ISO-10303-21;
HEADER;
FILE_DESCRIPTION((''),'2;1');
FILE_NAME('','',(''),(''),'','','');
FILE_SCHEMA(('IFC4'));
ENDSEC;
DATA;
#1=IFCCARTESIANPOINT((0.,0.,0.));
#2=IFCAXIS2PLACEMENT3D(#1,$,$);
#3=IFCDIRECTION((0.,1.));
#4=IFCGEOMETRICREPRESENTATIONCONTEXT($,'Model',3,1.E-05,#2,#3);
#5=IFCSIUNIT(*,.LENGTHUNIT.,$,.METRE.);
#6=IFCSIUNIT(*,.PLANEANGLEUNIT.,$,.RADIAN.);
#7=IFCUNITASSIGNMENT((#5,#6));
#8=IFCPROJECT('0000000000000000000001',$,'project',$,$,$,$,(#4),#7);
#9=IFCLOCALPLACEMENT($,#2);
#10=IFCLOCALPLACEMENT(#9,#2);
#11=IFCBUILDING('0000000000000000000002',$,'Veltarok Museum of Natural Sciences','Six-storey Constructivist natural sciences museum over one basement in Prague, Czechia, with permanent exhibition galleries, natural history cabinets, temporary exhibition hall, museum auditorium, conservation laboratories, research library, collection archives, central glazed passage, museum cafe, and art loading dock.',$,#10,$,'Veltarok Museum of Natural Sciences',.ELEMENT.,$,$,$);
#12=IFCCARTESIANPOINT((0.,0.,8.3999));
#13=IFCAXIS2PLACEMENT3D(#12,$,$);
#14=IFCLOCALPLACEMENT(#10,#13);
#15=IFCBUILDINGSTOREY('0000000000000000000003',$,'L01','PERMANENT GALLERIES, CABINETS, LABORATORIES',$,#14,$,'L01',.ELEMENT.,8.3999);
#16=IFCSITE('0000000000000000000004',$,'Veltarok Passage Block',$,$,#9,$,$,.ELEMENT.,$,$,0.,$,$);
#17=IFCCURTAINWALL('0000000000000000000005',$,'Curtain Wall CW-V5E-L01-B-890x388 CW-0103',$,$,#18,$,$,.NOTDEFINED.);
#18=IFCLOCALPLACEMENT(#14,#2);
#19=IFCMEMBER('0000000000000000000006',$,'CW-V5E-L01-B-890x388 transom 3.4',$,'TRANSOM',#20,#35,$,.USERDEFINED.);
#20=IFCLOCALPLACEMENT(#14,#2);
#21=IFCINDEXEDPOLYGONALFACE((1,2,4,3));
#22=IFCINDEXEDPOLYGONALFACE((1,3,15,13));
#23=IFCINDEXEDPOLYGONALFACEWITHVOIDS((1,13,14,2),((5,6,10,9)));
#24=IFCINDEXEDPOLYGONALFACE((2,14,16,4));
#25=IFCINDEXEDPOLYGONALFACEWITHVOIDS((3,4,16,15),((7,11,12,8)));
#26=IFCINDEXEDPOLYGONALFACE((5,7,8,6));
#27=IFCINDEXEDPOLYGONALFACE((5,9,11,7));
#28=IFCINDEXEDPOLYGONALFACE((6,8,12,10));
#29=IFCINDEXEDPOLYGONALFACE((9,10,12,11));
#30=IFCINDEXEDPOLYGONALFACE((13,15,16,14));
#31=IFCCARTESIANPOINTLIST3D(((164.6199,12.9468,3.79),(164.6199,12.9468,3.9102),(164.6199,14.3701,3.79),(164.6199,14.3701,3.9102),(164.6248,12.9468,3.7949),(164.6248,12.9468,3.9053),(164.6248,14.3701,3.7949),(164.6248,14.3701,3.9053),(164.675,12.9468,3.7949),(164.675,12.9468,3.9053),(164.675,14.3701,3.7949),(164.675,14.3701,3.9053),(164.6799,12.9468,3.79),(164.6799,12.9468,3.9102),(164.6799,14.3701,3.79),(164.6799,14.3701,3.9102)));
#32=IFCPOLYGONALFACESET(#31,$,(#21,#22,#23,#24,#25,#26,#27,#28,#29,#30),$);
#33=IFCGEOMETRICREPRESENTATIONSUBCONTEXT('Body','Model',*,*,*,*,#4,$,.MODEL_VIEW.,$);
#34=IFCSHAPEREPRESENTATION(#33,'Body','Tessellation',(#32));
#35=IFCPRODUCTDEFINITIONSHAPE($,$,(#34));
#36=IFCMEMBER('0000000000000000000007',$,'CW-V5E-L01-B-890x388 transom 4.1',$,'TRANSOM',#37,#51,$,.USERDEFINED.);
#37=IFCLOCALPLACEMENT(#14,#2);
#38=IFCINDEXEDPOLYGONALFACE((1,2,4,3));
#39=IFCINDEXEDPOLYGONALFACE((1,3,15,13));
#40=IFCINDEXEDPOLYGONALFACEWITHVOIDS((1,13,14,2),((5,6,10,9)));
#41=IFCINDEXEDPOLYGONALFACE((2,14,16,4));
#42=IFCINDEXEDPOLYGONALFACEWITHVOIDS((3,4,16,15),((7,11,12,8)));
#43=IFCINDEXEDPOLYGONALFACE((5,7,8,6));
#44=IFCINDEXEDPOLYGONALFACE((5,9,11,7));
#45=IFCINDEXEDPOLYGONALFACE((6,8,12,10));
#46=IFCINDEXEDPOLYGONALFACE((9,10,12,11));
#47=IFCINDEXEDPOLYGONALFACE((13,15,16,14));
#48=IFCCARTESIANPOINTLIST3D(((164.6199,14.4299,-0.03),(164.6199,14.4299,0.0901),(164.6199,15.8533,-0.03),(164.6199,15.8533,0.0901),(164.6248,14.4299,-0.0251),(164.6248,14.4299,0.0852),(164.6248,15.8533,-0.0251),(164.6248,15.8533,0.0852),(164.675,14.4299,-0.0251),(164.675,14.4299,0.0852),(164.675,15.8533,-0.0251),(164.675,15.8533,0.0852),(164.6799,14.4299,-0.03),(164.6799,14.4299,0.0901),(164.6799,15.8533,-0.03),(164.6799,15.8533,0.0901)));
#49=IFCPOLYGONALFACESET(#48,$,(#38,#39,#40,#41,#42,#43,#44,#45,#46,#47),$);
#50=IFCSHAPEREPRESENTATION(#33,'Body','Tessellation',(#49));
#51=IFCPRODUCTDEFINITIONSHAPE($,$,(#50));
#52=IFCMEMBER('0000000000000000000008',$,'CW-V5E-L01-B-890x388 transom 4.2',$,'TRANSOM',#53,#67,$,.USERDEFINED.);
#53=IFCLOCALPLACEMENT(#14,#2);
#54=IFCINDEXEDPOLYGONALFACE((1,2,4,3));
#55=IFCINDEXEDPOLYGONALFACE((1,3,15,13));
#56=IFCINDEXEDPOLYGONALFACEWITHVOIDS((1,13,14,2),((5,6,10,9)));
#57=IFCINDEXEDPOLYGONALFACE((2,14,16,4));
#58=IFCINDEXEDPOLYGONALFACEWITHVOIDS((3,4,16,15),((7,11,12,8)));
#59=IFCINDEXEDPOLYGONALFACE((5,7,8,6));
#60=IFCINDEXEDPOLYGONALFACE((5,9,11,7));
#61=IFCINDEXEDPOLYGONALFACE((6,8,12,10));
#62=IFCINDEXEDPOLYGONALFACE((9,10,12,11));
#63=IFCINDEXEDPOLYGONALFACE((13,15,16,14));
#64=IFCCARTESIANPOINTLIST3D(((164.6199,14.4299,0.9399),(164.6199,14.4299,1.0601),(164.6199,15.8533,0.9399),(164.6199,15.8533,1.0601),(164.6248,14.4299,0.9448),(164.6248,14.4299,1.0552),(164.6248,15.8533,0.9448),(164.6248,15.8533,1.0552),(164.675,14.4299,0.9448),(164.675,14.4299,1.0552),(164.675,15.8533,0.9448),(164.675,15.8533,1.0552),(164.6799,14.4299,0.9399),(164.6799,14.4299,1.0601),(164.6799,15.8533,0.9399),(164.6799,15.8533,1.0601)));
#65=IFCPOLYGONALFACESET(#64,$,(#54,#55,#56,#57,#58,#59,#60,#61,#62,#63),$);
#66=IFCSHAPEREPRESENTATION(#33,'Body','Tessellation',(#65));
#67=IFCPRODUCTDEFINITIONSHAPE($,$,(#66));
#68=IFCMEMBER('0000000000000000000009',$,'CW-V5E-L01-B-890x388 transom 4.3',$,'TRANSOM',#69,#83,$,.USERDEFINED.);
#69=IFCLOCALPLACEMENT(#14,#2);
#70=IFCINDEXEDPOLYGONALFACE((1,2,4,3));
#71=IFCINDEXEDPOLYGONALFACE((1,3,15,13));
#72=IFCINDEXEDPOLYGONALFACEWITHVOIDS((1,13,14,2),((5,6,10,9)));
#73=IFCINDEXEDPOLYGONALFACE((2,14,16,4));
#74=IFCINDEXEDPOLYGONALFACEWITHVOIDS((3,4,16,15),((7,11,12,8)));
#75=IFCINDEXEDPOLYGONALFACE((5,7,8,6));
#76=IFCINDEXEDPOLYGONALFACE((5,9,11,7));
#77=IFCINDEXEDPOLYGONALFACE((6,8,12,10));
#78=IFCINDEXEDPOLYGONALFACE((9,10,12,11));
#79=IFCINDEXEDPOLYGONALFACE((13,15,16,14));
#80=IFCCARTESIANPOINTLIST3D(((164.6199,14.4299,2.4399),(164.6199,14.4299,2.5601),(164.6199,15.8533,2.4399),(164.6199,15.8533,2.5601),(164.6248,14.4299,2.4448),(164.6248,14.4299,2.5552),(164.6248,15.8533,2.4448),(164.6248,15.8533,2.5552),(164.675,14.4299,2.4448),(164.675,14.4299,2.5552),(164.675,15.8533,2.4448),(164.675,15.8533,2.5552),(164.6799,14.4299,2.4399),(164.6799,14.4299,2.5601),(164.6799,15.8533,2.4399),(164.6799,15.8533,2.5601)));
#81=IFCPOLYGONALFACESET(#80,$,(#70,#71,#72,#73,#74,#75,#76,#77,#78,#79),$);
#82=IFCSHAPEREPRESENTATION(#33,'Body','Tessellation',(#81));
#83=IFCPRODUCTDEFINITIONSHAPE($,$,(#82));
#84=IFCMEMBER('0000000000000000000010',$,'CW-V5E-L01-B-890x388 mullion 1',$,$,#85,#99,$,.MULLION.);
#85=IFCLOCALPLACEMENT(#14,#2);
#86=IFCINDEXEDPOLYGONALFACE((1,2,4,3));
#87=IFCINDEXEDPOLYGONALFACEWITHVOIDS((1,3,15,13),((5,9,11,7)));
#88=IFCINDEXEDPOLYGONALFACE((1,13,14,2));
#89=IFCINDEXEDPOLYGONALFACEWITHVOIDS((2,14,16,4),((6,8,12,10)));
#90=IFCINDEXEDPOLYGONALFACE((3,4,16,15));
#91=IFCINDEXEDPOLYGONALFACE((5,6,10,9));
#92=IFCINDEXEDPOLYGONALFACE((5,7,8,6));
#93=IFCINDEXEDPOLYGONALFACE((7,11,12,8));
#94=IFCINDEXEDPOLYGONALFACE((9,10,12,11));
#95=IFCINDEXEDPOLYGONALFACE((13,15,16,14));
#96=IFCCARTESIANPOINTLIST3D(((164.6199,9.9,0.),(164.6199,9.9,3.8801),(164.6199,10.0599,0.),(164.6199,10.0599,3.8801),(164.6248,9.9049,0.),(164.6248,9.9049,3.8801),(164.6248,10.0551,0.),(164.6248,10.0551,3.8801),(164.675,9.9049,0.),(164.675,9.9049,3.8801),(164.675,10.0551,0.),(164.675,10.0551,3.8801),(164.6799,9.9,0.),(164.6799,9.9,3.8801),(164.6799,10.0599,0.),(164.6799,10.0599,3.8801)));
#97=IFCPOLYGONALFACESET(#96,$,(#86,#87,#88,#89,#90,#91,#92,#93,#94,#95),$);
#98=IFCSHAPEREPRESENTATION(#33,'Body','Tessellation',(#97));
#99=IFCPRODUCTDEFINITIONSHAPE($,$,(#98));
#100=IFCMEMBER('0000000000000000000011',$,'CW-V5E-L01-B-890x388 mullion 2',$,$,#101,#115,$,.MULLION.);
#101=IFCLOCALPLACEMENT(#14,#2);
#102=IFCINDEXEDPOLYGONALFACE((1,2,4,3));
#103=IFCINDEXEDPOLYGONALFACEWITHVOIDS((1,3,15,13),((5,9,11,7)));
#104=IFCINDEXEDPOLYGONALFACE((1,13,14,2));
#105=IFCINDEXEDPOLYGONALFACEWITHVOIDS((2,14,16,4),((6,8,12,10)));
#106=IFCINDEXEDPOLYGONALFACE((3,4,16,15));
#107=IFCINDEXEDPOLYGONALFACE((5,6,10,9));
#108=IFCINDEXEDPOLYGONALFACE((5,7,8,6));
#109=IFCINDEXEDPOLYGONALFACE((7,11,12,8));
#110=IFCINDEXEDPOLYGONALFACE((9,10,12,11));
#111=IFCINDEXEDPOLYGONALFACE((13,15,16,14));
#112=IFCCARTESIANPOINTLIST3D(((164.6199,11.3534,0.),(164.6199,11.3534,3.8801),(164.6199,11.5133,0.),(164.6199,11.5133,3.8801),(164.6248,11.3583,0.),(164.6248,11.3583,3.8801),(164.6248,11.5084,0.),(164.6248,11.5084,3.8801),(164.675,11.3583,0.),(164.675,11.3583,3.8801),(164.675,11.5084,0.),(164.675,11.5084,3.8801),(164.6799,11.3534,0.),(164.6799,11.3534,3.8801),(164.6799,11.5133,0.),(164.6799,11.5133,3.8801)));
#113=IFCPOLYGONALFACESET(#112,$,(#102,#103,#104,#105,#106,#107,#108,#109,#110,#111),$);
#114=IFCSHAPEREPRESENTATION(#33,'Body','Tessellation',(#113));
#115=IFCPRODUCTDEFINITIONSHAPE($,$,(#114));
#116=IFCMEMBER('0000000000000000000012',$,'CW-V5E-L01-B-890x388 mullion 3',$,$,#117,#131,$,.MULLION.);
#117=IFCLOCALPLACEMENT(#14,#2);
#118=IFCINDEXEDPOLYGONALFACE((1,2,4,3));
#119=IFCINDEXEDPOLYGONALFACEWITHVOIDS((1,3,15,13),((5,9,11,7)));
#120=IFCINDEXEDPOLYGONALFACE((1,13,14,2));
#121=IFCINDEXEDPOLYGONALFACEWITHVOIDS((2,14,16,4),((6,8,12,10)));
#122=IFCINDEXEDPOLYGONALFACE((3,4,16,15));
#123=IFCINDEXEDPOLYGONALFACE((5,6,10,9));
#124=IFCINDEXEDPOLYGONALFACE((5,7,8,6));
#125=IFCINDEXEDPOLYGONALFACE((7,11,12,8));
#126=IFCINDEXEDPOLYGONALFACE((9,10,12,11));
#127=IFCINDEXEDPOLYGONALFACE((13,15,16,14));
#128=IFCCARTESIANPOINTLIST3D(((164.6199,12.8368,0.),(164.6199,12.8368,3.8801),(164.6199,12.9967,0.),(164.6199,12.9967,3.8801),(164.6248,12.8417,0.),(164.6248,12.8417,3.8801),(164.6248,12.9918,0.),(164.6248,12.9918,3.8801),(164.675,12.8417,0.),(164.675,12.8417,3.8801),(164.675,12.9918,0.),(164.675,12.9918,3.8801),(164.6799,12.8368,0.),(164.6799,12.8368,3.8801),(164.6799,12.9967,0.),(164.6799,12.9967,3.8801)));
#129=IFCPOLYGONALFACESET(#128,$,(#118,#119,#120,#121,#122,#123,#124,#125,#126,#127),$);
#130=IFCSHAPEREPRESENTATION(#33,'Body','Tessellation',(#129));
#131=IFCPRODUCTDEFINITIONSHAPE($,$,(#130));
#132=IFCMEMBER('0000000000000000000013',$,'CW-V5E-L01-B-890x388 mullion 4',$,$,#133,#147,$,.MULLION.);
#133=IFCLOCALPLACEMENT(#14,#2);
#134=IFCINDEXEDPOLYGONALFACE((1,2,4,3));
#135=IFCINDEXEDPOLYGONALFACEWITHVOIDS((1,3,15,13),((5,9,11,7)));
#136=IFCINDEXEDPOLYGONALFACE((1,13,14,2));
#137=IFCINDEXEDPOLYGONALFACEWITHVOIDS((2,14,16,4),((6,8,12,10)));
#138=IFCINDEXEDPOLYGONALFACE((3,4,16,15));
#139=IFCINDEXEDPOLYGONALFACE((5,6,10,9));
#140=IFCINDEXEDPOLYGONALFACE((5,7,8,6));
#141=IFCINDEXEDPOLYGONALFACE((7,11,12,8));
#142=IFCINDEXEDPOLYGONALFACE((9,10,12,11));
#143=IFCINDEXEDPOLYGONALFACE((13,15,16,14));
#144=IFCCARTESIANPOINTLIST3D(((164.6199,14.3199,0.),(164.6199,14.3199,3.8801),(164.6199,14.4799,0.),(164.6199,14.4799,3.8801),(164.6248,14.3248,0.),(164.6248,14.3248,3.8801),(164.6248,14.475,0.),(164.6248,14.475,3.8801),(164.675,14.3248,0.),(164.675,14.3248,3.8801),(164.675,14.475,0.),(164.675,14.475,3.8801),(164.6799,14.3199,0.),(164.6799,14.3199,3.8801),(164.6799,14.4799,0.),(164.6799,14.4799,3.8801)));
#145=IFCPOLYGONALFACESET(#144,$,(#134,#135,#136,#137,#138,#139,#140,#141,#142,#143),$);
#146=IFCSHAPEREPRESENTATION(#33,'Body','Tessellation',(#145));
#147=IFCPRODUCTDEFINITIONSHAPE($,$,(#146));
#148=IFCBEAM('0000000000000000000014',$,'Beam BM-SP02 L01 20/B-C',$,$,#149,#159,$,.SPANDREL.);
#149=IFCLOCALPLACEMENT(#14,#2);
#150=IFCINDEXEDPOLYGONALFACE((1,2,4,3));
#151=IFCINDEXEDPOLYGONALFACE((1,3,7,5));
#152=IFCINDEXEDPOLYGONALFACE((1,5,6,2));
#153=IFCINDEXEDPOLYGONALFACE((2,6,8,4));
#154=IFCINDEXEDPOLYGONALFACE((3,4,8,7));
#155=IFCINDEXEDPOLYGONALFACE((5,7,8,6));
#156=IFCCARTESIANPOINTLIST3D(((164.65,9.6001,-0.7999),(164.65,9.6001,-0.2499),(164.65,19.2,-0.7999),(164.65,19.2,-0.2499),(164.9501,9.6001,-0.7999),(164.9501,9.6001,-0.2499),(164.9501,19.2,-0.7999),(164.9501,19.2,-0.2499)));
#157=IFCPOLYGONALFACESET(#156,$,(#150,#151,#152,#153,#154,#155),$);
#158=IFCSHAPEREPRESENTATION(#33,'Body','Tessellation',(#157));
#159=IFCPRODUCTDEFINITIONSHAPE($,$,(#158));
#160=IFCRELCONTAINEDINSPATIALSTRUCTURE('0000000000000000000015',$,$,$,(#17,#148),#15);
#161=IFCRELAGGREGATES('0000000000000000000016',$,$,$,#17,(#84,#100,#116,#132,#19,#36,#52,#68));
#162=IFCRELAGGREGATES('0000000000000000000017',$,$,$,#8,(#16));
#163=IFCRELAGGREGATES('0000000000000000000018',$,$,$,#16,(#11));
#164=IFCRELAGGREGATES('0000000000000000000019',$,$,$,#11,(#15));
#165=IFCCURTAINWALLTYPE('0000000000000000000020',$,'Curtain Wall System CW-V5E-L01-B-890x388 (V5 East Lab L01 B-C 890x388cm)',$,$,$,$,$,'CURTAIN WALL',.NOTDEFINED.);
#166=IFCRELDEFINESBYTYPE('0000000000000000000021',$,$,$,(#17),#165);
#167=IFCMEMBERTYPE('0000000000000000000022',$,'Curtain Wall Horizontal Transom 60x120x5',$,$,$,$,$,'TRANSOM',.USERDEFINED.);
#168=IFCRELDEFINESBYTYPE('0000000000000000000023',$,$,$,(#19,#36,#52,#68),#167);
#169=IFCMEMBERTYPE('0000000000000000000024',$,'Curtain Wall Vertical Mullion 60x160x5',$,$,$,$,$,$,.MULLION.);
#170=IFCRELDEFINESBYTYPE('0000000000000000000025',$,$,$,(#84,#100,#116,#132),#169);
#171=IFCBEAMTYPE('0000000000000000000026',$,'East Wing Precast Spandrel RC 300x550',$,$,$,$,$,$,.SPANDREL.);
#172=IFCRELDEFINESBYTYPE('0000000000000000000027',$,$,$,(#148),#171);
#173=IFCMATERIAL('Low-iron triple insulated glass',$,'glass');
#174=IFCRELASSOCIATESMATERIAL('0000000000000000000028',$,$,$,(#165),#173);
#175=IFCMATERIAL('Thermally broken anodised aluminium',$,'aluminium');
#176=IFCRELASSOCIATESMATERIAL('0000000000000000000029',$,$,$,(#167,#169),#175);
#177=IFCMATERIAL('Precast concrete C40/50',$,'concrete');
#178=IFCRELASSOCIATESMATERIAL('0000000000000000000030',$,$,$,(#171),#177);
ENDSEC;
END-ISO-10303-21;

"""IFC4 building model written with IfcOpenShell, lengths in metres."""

from ifc_helpers import new_model, si_unit, direction, frame, origin, origin_2d, place, context, subcontext, project, spatial, rectangle, hollow_rectangle, extrude, material, material_profile, profile_set, type_object, element, aggregate, save


model = new_model("IFC4")

# Units and contexts
model_context = context("Model", 3, precision=1e-05, world=origin(), true_north=direction((0.0, 1.0)))
body_context = subcontext(model_context, "Body", "Model", "MODEL_VIEW")
ifc_project = project(units=[si_unit("LENGTHUNIT", "METRE"), si_unit("PLANEANGLEUNIT", "RADIAN")], contexts=[model_context])

# Site, building, storey
site_placement = place(None, origin())
site = spatial("IfcSite", under=ifc_project, at=site_placement, Name="Veltarok Passage Block", CompositionType="ELEMENT", RefElevation=0.0)
building_placement = place(site_placement, origin())
building = spatial("IfcBuilding", under=site, at=building_placement, Name="Veltarok Museum of Natural Sciences", Description="Six-storey Constructivist natural sciences museum over one basement in Prague, Czechia, with permanent exhibition galleries, natural history cabinets, temporary exhibition hall, museum auditorium, conservation laboratories, research library, collection archives, central glazed passage, museum cafe, and art loading dock.", LongName="Veltarok Museum of Natural Sciences", CompositionType="ELEMENT")
storey_placement = place(building_placement, frame((0.0, 0.0, 8.3999)))
storey = spatial("IfcBuildingStorey", under=building, at=storey_placement, Name="L01", Description="PERMANENT GALLERIES, CABINETS, LABORATORIES", LongName="L01", CompositionType="ELEMENT", Elevation=8.3999)

# Curtain wall, members
ifc_material_1 = material(Name="Low-iron triple insulated glass", Category="glass")
curtain_wall_type = type_object("IfcCurtainWallType", Name="Curtain Wall System CW-V5E-L01-B-890x388 (V5 East Lab L01 B-C 890x388cm)", ElementType="CURTAIN WALL", PredefinedType="NOTDEFINED", material=ifc_material_1)
curtain_wall_placement = place(storey_placement, origin())
curtain_wall = element("IfcCurtainWall", 1, at=curtain_wall_placement, inside=storey, type_object=curtain_wall_type, Name="Curtain Wall CW-V5E-L01-B-890x388 CW-0103", PredefinedType="NOTDEFINED")
ifc_material_2 = material(Name="Thermally broken anodised aluminium", Category="aluminium")
ifc_material_profile_1 = material_profile(ifc_material_2, hollow_rectangle(XDim=0.0601, YDim=0.1201, WallThickness=0.0049, at=origin_2d()), Name="CW TRANSOM 60x120x5")
ifc_profile_set_1 = profile_set([ifc_material_profile_1], Name="Thermally broken anodised aluminium")
member_type_1 = type_object("IfcMemberType", Name="Curtain Wall Horizontal Transom 60x120x5", ElementType="TRANSOM", PredefinedType="USERDEFINED", material=ifc_profile_set_1)
member_1_placement = place(storey_placement, frame((164.6499, 12.9468, 3.8501), z_axis=(0.0, 1.0, 0.0), x_axis=(-1.0, 0.0, 0.0)))
member_1 = element("IfcMember", 2, at=member_1_placement, type_object=member_type_1, Name="CW-V5E-L01-B-890x388 transom 3.4", ObjectType="TRANSOM", PredefinedType="USERDEFINED", context=body_context, shape_type="SweptSolid", body=[
    extrude(hollow_rectangle(XDim=0.0601, YDim=0.1201, WallThickness=0.0049, at=origin_2d()), origin(), (0.0, 0.0, 1.0), 1.4233),
])
member_2_placement = place(storey_placement, frame((164.6499, 14.4299, 0.03), z_axis=(0.0, 1.0, 0.0), x_axis=(-1.0, 0.0, 0.0)))
member_2 = element("IfcMember", 3, at=member_2_placement, type_object=member_type_1, Name="CW-V5E-L01-B-890x388 transom 4.1", ObjectType="TRANSOM", PredefinedType="USERDEFINED", context=body_context, shape_type="SweptSolid", body=[
    extrude(hollow_rectangle(XDim=0.0601, YDim=0.1201, WallThickness=0.0049, at=origin_2d()), origin(), (0.0, 0.0, 1.0), 1.4233),
])
member_3_placement = place(storey_placement, frame((164.6499, 14.4299, 1.0), z_axis=(0.0, 1.0, 0.0), x_axis=(-1.0, 0.0, 0.0)))
member_3 = element("IfcMember", 4, at=member_3_placement, type_object=member_type_1, Name="CW-V5E-L01-B-890x388 transom 4.2", ObjectType="TRANSOM", PredefinedType="USERDEFINED", context=body_context, shape_type="SweptSolid", body=[
    extrude(hollow_rectangle(XDim=0.0601, YDim=0.1201, WallThickness=0.0049, at=origin_2d()), origin(), (0.0, 0.0, 1.0), 1.4233),
])
member_4_placement = place(storey_placement, frame((164.6499, 14.4299, 2.5), z_axis=(0.0, 1.0, 0.0), x_axis=(-1.0, 0.0, 0.0)))
member_4 = element("IfcMember", 5, at=member_4_placement, type_object=member_type_1, Name="CW-V5E-L01-B-890x388 transom 4.3", ObjectType="TRANSOM", PredefinedType="USERDEFINED", context=body_context, shape_type="SweptSolid", body=[
    extrude(hollow_rectangle(XDim=0.0601, YDim=0.1201, WallThickness=0.0049, at=origin_2d()), origin(), (0.0, 0.0, 1.0), 1.4233),
])
ifc_material_profile_2 = material_profile(ifc_material_2, hollow_rectangle(XDim=0.0601, YDim=0.1599, WallThickness=0.0049, at=origin_2d()), Name="CW MULLION 60x160x5")
ifc_profile_set_2 = profile_set([ifc_material_profile_2], Name="Thermally broken anodised aluminium")
member_type_2 = type_object("IfcMemberType", Name="Curtain Wall Vertical Mullion 60x160x5", PredefinedType="MULLION", material=ifc_profile_set_2)
member_5_placement = place(storey_placement, frame((164.6499, 9.98, 0.0), z_axis=(0.0, 0.0, 1.0), x_axis=(-1.0, 0.0, 0.0)))
member_5 = element("IfcMember", 6, at=member_5_placement, type_object=member_type_2, Name="CW-V5E-L01-B-890x388 mullion 1", PredefinedType="MULLION", context=body_context, shape_type="SweptSolid", body=[
    extrude(hollow_rectangle(XDim=0.0601, YDim=0.1599, WallThickness=0.0049, at=origin_2d()), origin(), (0.0, 0.0, 1.0), 3.8801),
])
member_6_placement = place(storey_placement, frame((164.6499, 11.4333, 0.0), z_axis=(0.0, 0.0, 1.0), x_axis=(-1.0, 0.0, 0.0)))
member_6 = element("IfcMember", 7, at=member_6_placement, type_object=member_type_2, Name="CW-V5E-L01-B-890x388 mullion 2", PredefinedType="MULLION", context=body_context, shape_type="SweptSolid", body=[
    extrude(hollow_rectangle(XDim=0.0601, YDim=0.1599, WallThickness=0.0049, at=origin_2d()), origin(), (0.0, 0.0, 1.0), 3.8801),
])
member_7_placement = place(storey_placement, frame((164.6499, 12.9167, 0.0), z_axis=(0.0, 0.0, 1.0), x_axis=(-1.0, 0.0, 0.0)))
member_7 = element("IfcMember", 8, at=member_7_placement, type_object=member_type_2, Name="CW-V5E-L01-B-890x388 mullion 3", PredefinedType="MULLION", context=body_context, shape_type="SweptSolid", body=[
    extrude(hollow_rectangle(XDim=0.0601, YDim=0.1599, WallThickness=0.0049, at=origin_2d()), origin(), (0.0, 0.0, 1.0), 3.8801),
])
member_8_placement = place(storey_placement, frame((164.6499, 14.3999, 0.0), z_axis=(0.0, 0.0, 1.0), x_axis=(-1.0, 0.0, 0.0)))
member_8 = element("IfcMember", 9, at=member_8_placement, type_object=member_type_2, Name="CW-V5E-L01-B-890x388 mullion 4", PredefinedType="MULLION", context=body_context, shape_type="SweptSolid", body=[
    extrude(hollow_rectangle(XDim=0.0601, YDim=0.1599, WallThickness=0.0049, at=origin_2d()), origin(), (0.0, 0.0, 1.0), 3.8801),
])

# Beam
ifc_material_3 = material(Name="Precast concrete C40/50", Category="concrete")
ifc_material_profile_3 = material_profile(ifc_material_3, rectangle(XDim=0.3, YDim=0.55, at=origin_2d()), Name="RC 300x550")
ifc_profile_set_3 = profile_set([ifc_material_profile_3], Name="Precast concrete C40/50")
beam_type_1 = type_object("IfcBeamType", Name="East Wing Precast Spandrel RC 300x550", PredefinedType="SPANDREL", material=ifc_profile_set_3)
beam_1_placement = place(storey_placement, frame((164.8, 9.6001, -0.5249), z_axis=(0.0, 1.0, 0.0), x_axis=(-1.0, 0.0, 0.0)))
element("IfcBeam", 10, at=beam_1_placement, inside=storey, type_object=beam_type_1, Name="Beam BM-SP02 L01 20/B-C", PredefinedType="SPANDREL", context=body_context, shape_type="SweptSolid", body=[
    extrude(rectangle(XDim=0.3, YDim=0.55, at=origin_2d()), origin(), (0.0, 0.0, 1.0), 9.5999),
])

aggregate(curtain_wall, [member_5, member_6, member_7, member_8, member_1, member_2, member_3, member_4])

save(model, "model.ifc")
